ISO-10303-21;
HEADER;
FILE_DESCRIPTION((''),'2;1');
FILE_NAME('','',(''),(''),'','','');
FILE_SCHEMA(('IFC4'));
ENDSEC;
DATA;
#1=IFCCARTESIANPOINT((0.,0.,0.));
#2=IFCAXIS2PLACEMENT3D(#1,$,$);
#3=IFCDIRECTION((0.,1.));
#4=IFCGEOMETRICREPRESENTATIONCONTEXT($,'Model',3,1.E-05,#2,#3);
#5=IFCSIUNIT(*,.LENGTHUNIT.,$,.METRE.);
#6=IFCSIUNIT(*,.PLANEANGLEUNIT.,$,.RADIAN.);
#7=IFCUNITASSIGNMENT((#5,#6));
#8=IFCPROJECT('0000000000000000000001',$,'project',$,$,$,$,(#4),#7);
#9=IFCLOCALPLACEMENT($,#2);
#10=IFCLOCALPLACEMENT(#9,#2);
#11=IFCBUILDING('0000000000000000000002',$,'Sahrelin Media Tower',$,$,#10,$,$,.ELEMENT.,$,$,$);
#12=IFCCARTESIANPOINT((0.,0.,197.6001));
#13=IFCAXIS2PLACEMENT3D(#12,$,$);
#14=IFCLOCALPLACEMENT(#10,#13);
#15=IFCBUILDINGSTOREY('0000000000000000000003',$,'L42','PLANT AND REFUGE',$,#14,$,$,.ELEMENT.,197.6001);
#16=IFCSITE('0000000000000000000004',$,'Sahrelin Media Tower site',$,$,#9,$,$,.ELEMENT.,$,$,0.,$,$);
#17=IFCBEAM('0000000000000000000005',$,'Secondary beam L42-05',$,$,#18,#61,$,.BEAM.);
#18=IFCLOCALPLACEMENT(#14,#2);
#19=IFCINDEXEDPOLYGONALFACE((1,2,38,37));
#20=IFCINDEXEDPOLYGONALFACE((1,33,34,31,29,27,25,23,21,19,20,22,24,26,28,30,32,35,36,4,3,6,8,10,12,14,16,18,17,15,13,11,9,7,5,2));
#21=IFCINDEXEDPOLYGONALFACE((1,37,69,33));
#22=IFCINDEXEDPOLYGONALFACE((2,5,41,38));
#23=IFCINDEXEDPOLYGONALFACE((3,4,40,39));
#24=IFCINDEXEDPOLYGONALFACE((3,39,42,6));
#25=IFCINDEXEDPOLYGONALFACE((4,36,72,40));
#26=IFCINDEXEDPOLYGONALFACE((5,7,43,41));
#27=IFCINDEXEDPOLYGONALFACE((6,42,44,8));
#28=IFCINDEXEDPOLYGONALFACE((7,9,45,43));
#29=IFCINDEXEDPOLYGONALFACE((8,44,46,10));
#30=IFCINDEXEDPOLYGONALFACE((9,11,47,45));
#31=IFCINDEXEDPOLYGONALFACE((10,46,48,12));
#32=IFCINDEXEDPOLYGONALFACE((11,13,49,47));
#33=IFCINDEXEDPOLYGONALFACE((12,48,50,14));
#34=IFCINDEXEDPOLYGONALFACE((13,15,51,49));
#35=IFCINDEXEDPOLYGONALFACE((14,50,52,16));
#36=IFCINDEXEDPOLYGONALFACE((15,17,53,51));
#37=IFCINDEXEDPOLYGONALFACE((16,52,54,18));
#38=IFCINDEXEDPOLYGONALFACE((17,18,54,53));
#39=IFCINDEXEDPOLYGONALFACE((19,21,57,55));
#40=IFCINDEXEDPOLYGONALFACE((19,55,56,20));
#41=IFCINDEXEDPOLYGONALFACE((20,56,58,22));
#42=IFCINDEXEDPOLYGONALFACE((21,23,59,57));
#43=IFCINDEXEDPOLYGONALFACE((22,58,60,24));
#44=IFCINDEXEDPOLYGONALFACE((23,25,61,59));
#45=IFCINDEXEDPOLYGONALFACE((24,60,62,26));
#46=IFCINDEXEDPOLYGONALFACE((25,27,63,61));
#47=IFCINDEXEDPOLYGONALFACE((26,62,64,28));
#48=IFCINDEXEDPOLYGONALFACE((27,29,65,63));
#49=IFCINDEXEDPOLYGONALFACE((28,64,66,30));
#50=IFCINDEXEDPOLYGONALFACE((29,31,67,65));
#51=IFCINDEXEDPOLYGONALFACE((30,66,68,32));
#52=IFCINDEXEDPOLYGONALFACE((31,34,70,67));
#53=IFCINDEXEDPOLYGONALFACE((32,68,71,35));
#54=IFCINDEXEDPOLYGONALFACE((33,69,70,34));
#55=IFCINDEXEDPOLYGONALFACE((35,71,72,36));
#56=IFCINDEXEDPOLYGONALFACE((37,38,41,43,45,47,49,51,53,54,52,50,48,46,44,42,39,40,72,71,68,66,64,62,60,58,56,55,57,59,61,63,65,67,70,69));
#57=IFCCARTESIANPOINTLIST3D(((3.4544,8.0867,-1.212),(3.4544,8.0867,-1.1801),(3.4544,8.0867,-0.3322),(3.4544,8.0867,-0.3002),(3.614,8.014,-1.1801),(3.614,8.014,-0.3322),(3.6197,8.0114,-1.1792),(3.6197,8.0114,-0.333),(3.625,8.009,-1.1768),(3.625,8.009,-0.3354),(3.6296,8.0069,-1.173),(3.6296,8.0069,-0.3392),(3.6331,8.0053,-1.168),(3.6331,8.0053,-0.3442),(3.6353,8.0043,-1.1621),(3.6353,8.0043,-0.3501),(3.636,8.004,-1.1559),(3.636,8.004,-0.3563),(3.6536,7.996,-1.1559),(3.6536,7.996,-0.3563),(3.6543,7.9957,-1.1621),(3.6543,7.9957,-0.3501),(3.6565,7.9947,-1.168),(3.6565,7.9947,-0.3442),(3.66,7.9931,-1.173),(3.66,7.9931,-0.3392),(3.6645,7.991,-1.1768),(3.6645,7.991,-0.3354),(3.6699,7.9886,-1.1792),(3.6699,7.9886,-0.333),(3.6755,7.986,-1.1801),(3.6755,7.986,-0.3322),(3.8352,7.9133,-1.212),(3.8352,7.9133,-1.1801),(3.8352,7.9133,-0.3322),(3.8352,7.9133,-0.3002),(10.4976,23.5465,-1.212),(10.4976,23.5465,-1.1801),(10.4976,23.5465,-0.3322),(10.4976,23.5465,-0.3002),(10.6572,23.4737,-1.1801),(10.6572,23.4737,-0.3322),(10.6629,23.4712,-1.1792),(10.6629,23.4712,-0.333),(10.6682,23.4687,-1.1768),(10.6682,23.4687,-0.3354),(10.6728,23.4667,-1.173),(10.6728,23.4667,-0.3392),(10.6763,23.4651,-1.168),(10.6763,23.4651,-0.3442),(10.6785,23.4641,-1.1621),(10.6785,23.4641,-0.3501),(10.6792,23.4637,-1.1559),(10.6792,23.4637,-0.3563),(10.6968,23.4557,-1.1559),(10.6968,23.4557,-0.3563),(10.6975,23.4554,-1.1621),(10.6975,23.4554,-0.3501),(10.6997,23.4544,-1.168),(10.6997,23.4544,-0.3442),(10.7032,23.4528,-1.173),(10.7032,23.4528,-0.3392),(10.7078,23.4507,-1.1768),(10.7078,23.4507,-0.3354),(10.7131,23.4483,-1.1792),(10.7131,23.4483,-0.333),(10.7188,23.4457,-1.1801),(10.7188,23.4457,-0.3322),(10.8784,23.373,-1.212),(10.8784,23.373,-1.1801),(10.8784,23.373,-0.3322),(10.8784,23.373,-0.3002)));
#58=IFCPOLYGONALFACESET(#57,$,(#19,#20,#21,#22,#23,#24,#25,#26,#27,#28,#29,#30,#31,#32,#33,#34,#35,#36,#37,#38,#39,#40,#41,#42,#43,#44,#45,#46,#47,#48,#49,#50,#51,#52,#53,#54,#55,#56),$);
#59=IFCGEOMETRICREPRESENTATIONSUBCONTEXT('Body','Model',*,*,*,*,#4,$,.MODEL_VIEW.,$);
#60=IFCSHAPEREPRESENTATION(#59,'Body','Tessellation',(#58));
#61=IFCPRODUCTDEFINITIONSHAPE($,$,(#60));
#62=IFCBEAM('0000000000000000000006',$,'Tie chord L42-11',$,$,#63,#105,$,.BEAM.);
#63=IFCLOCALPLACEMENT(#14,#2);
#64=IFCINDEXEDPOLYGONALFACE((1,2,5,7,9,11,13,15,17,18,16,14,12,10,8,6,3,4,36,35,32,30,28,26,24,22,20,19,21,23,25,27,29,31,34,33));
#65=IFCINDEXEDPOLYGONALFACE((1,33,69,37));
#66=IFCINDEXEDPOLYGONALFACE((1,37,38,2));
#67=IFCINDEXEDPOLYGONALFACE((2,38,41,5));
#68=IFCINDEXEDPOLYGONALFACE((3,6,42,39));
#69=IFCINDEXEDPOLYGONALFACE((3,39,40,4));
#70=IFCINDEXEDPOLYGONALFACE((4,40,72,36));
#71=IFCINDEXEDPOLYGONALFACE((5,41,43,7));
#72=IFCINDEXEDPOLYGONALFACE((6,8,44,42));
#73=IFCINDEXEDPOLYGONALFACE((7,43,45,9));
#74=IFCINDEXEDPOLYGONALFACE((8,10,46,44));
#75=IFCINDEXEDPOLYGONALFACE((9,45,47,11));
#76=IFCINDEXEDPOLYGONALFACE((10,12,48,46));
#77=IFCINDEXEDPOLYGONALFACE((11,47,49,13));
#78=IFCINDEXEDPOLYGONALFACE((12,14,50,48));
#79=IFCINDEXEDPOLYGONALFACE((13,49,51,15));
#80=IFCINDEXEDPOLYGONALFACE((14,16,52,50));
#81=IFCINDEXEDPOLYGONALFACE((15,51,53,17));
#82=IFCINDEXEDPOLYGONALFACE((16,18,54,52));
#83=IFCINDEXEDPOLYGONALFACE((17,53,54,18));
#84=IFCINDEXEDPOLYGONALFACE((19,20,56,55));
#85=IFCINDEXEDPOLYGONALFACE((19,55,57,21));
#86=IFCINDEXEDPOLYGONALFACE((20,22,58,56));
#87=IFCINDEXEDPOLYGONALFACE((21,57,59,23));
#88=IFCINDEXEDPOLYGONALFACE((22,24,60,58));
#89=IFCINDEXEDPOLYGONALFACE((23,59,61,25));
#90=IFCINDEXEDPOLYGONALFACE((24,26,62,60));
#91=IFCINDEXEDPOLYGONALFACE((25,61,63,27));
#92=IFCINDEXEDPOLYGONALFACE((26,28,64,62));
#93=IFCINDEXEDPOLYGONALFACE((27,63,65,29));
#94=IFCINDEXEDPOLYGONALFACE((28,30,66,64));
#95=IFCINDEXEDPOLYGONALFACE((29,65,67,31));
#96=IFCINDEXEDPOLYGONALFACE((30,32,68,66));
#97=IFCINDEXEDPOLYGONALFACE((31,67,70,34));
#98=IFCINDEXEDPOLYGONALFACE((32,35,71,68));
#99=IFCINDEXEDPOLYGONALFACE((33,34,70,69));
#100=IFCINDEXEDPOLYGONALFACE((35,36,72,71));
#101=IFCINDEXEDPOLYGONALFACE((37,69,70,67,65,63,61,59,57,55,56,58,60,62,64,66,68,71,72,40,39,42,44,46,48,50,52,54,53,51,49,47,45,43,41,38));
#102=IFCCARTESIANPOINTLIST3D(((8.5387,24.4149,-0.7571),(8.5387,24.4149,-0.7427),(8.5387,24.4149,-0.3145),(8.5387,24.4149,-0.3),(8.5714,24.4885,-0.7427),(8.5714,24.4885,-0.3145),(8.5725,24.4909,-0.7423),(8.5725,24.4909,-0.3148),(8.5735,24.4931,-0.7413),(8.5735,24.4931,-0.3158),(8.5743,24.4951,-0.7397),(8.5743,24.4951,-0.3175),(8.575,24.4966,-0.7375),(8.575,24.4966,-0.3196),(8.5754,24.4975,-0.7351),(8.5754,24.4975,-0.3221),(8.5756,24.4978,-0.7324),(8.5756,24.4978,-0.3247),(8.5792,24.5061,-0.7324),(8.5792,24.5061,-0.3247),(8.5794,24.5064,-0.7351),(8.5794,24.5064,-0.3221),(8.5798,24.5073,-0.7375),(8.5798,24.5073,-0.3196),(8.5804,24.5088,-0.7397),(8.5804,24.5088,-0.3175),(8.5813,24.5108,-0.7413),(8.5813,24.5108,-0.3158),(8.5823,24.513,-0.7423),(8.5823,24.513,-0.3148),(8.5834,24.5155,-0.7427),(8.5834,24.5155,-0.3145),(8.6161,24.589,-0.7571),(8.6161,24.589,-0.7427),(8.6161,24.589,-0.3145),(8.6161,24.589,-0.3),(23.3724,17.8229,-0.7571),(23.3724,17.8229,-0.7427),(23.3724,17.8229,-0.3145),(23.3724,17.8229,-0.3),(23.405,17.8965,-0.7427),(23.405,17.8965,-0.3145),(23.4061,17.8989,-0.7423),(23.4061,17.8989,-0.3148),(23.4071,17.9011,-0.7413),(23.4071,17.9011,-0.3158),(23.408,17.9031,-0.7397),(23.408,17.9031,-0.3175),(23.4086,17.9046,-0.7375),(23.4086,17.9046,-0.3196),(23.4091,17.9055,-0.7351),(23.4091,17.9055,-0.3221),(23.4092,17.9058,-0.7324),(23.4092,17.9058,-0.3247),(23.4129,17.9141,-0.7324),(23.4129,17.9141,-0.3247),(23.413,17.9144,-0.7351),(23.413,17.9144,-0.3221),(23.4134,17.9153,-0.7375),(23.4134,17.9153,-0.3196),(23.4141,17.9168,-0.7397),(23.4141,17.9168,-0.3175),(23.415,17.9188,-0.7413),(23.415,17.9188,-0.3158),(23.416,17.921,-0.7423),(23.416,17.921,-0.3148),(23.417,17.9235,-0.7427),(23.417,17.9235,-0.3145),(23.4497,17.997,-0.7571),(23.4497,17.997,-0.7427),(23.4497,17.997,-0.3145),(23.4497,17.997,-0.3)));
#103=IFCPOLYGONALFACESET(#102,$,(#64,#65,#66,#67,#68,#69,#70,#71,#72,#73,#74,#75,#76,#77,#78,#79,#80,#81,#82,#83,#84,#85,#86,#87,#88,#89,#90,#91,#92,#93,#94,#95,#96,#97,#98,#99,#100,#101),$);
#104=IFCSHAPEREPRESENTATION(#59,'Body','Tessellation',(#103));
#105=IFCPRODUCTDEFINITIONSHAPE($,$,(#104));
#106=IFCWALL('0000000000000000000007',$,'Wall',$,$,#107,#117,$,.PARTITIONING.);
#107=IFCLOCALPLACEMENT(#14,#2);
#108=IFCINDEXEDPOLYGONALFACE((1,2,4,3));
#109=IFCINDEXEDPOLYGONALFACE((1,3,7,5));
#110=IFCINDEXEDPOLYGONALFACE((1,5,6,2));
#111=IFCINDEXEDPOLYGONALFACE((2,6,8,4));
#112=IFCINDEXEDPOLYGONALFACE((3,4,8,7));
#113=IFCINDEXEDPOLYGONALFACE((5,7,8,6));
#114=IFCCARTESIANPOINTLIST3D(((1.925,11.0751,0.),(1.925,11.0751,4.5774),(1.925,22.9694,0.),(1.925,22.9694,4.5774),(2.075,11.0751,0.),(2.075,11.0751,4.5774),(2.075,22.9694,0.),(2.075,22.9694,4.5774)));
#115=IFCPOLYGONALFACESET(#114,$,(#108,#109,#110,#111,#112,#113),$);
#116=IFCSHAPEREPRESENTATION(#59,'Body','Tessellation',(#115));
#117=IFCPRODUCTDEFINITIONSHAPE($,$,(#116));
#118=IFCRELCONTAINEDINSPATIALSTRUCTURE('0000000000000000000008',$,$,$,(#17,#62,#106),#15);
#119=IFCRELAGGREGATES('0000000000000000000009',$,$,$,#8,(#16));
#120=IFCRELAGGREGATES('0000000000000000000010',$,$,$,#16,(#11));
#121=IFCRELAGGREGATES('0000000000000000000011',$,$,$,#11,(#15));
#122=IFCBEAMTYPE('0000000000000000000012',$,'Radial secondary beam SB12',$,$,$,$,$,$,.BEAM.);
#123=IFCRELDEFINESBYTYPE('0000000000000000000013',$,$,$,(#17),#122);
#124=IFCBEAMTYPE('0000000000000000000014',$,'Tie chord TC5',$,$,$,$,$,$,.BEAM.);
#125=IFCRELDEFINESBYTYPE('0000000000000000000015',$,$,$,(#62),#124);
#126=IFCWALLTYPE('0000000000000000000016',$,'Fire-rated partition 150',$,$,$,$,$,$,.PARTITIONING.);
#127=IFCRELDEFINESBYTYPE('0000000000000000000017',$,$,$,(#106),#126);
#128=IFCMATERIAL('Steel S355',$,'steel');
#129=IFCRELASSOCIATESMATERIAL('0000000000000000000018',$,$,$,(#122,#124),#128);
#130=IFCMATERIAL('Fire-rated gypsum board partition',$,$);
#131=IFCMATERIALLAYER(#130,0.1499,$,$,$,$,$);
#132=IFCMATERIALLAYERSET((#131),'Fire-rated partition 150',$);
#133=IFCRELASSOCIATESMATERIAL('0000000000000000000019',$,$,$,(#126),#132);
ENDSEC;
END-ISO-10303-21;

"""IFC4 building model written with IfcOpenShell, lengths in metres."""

from ifc_helpers import new_model, si_unit, direction, frame, frame_2d, origin, origin_2d, place, context, subcontext, project, spatial, rectangle, i_section, extrude, material, layer, layer_set, material_profile, profile_set, type_object, element, save


model = new_model("IFC4")

# Units and contexts
model_context = context("Model", 3, precision=1e-05, world=origin(), true_north=direction((0.0, 1.0)))
body_context = subcontext(model_context, "Body", "Model", "MODEL_VIEW")
ifc_project = project(units=[si_unit("LENGTHUNIT", "METRE"), si_unit("PLANEANGLEUNIT", "RADIAN")], contexts=[model_context])

# Site, building, storey
site_placement = place(None, origin())
site = spatial("IfcSite", under=ifc_project, at=site_placement, Name="Sahrelin Media Tower site", CompositionType="ELEMENT", RefElevation=0.0)
building_placement = place(site_placement, origin())
building = spatial("IfcBuilding", under=site, at=building_placement, Name="Sahrelin Media Tower", CompositionType="ELEMENT")
storey_placement = place(building_placement, frame((0.0, 0.0, 197.6001)))
storey = spatial("IfcBuildingStorey", under=building, at=storey_placement, Name="L42", Description="PLANT AND REFUGE", CompositionType="ELEMENT", Elevation=197.6001)

# Beams
ifc_material_1 = material(Name="Steel S355", Category="steel")
ifc_material_profile_1 = material_profile(ifc_material_1, i_section(OverallWidth=0.4185, OverallDepth=0.9119, WebThickness=0.0193, FlangeThickness=0.032, FilletRadius=0.0242, at=origin_2d()), Name="UB 914x419x343")
ifc_profile_set_1 = profile_set([ifc_material_profile_1], Name="Steel S355")
beam_type_1 = type_object("IfcBeamType", Name="Radial secondary beam SB12", PredefinedType="BEAM", material=ifc_profile_set_1)
beam_1_placement = place(storey_placement, frame((3.6448, 8.0, -0.7561), z_axis=(0.414587, 0.91001, 0.0), x_axis=(-0.91001, 0.414587, 0.0)))
element("IfcBeam", 1, at=beam_1_placement, inside=storey, type_object=beam_type_1, Name="Secondary beam L42-05", PredefinedType="BEAM", context=body_context, shape_type="SweptSolid", body=[
    extrude(i_section(OverallWidth=0.4185, OverallDepth=0.9119, WebThickness=0.0193, FlangeThickness=0.032, FilletRadius=0.0242, at=origin_2d()), origin(), (0.0, 0.0, 1.0), 16.9885),
])
ifc_material_profile_2 = material_profile(ifc_material_1, i_section(OverallWidth=0.1904, OverallDepth=0.457, WebThickness=0.009, FlangeThickness=0.0144, FilletRadius=0.0103, at=origin_2d()), Name="UB 457x191x74")
ifc_profile_set_2 = profile_set([ifc_material_profile_2], Name="Steel S355")
beam_type_2 = type_object("IfcBeamType", Name="Tie chord TC5", PredefinedType="BEAM", material=ifc_profile_set_2)
beam_2_placement = place(storey_placement, frame((8.5774, 24.502, -0.5286), z_axis=(0.913828, -0.406101, 0.0), x_axis=(0.406101, 0.913828, 0.0)))
element("IfcBeam", 2, at=beam_2_placement, inside=storey, type_object=beam_type_2, Name="Tie chord L42-11", PredefinedType="BEAM", context=body_context, shape_type="SweptSolid", body=[
    extrude(i_section(OverallWidth=0.1904, OverallDepth=0.457, WebThickness=0.009, FlangeThickness=0.0144, FilletRadius=0.0103, at=origin_2d()), origin(), (0.0, 0.0, 1.0), 16.2324),
])

# Wall
ifc_material_2 = material(Name="Fire-rated gypsum board partition")
ifc_layer = layer(ifc_material_2, 0.1499)
ifc_layer_set = layer_set([ifc_layer], Name="Fire-rated partition 150")
wall_type = type_object("IfcWallType", Name="Fire-rated partition 150", PredefinedType="PARTITIONING", material=ifc_layer_set)
wall_placement = place(storey_placement, frame((2.0, 11.075, 0.0), z_axis=(0.0, 0.0, 1.0), x_axis=(0.0, 1.0, 0.0)))
element("IfcWall", 3, at=wall_placement, inside=storey, type_object=wall_type, Name="Wall", PredefinedType="PARTITIONING", context=body_context, shape_type="SweptSolid", body=[
    extrude(rectangle(XDim=11.8943, YDim=0.1499, at=frame_2d((5.9473, 0.0))), origin(), (0.0, 0.0, 1.0), 4.5774),
])

save(model, "model.ifc")
